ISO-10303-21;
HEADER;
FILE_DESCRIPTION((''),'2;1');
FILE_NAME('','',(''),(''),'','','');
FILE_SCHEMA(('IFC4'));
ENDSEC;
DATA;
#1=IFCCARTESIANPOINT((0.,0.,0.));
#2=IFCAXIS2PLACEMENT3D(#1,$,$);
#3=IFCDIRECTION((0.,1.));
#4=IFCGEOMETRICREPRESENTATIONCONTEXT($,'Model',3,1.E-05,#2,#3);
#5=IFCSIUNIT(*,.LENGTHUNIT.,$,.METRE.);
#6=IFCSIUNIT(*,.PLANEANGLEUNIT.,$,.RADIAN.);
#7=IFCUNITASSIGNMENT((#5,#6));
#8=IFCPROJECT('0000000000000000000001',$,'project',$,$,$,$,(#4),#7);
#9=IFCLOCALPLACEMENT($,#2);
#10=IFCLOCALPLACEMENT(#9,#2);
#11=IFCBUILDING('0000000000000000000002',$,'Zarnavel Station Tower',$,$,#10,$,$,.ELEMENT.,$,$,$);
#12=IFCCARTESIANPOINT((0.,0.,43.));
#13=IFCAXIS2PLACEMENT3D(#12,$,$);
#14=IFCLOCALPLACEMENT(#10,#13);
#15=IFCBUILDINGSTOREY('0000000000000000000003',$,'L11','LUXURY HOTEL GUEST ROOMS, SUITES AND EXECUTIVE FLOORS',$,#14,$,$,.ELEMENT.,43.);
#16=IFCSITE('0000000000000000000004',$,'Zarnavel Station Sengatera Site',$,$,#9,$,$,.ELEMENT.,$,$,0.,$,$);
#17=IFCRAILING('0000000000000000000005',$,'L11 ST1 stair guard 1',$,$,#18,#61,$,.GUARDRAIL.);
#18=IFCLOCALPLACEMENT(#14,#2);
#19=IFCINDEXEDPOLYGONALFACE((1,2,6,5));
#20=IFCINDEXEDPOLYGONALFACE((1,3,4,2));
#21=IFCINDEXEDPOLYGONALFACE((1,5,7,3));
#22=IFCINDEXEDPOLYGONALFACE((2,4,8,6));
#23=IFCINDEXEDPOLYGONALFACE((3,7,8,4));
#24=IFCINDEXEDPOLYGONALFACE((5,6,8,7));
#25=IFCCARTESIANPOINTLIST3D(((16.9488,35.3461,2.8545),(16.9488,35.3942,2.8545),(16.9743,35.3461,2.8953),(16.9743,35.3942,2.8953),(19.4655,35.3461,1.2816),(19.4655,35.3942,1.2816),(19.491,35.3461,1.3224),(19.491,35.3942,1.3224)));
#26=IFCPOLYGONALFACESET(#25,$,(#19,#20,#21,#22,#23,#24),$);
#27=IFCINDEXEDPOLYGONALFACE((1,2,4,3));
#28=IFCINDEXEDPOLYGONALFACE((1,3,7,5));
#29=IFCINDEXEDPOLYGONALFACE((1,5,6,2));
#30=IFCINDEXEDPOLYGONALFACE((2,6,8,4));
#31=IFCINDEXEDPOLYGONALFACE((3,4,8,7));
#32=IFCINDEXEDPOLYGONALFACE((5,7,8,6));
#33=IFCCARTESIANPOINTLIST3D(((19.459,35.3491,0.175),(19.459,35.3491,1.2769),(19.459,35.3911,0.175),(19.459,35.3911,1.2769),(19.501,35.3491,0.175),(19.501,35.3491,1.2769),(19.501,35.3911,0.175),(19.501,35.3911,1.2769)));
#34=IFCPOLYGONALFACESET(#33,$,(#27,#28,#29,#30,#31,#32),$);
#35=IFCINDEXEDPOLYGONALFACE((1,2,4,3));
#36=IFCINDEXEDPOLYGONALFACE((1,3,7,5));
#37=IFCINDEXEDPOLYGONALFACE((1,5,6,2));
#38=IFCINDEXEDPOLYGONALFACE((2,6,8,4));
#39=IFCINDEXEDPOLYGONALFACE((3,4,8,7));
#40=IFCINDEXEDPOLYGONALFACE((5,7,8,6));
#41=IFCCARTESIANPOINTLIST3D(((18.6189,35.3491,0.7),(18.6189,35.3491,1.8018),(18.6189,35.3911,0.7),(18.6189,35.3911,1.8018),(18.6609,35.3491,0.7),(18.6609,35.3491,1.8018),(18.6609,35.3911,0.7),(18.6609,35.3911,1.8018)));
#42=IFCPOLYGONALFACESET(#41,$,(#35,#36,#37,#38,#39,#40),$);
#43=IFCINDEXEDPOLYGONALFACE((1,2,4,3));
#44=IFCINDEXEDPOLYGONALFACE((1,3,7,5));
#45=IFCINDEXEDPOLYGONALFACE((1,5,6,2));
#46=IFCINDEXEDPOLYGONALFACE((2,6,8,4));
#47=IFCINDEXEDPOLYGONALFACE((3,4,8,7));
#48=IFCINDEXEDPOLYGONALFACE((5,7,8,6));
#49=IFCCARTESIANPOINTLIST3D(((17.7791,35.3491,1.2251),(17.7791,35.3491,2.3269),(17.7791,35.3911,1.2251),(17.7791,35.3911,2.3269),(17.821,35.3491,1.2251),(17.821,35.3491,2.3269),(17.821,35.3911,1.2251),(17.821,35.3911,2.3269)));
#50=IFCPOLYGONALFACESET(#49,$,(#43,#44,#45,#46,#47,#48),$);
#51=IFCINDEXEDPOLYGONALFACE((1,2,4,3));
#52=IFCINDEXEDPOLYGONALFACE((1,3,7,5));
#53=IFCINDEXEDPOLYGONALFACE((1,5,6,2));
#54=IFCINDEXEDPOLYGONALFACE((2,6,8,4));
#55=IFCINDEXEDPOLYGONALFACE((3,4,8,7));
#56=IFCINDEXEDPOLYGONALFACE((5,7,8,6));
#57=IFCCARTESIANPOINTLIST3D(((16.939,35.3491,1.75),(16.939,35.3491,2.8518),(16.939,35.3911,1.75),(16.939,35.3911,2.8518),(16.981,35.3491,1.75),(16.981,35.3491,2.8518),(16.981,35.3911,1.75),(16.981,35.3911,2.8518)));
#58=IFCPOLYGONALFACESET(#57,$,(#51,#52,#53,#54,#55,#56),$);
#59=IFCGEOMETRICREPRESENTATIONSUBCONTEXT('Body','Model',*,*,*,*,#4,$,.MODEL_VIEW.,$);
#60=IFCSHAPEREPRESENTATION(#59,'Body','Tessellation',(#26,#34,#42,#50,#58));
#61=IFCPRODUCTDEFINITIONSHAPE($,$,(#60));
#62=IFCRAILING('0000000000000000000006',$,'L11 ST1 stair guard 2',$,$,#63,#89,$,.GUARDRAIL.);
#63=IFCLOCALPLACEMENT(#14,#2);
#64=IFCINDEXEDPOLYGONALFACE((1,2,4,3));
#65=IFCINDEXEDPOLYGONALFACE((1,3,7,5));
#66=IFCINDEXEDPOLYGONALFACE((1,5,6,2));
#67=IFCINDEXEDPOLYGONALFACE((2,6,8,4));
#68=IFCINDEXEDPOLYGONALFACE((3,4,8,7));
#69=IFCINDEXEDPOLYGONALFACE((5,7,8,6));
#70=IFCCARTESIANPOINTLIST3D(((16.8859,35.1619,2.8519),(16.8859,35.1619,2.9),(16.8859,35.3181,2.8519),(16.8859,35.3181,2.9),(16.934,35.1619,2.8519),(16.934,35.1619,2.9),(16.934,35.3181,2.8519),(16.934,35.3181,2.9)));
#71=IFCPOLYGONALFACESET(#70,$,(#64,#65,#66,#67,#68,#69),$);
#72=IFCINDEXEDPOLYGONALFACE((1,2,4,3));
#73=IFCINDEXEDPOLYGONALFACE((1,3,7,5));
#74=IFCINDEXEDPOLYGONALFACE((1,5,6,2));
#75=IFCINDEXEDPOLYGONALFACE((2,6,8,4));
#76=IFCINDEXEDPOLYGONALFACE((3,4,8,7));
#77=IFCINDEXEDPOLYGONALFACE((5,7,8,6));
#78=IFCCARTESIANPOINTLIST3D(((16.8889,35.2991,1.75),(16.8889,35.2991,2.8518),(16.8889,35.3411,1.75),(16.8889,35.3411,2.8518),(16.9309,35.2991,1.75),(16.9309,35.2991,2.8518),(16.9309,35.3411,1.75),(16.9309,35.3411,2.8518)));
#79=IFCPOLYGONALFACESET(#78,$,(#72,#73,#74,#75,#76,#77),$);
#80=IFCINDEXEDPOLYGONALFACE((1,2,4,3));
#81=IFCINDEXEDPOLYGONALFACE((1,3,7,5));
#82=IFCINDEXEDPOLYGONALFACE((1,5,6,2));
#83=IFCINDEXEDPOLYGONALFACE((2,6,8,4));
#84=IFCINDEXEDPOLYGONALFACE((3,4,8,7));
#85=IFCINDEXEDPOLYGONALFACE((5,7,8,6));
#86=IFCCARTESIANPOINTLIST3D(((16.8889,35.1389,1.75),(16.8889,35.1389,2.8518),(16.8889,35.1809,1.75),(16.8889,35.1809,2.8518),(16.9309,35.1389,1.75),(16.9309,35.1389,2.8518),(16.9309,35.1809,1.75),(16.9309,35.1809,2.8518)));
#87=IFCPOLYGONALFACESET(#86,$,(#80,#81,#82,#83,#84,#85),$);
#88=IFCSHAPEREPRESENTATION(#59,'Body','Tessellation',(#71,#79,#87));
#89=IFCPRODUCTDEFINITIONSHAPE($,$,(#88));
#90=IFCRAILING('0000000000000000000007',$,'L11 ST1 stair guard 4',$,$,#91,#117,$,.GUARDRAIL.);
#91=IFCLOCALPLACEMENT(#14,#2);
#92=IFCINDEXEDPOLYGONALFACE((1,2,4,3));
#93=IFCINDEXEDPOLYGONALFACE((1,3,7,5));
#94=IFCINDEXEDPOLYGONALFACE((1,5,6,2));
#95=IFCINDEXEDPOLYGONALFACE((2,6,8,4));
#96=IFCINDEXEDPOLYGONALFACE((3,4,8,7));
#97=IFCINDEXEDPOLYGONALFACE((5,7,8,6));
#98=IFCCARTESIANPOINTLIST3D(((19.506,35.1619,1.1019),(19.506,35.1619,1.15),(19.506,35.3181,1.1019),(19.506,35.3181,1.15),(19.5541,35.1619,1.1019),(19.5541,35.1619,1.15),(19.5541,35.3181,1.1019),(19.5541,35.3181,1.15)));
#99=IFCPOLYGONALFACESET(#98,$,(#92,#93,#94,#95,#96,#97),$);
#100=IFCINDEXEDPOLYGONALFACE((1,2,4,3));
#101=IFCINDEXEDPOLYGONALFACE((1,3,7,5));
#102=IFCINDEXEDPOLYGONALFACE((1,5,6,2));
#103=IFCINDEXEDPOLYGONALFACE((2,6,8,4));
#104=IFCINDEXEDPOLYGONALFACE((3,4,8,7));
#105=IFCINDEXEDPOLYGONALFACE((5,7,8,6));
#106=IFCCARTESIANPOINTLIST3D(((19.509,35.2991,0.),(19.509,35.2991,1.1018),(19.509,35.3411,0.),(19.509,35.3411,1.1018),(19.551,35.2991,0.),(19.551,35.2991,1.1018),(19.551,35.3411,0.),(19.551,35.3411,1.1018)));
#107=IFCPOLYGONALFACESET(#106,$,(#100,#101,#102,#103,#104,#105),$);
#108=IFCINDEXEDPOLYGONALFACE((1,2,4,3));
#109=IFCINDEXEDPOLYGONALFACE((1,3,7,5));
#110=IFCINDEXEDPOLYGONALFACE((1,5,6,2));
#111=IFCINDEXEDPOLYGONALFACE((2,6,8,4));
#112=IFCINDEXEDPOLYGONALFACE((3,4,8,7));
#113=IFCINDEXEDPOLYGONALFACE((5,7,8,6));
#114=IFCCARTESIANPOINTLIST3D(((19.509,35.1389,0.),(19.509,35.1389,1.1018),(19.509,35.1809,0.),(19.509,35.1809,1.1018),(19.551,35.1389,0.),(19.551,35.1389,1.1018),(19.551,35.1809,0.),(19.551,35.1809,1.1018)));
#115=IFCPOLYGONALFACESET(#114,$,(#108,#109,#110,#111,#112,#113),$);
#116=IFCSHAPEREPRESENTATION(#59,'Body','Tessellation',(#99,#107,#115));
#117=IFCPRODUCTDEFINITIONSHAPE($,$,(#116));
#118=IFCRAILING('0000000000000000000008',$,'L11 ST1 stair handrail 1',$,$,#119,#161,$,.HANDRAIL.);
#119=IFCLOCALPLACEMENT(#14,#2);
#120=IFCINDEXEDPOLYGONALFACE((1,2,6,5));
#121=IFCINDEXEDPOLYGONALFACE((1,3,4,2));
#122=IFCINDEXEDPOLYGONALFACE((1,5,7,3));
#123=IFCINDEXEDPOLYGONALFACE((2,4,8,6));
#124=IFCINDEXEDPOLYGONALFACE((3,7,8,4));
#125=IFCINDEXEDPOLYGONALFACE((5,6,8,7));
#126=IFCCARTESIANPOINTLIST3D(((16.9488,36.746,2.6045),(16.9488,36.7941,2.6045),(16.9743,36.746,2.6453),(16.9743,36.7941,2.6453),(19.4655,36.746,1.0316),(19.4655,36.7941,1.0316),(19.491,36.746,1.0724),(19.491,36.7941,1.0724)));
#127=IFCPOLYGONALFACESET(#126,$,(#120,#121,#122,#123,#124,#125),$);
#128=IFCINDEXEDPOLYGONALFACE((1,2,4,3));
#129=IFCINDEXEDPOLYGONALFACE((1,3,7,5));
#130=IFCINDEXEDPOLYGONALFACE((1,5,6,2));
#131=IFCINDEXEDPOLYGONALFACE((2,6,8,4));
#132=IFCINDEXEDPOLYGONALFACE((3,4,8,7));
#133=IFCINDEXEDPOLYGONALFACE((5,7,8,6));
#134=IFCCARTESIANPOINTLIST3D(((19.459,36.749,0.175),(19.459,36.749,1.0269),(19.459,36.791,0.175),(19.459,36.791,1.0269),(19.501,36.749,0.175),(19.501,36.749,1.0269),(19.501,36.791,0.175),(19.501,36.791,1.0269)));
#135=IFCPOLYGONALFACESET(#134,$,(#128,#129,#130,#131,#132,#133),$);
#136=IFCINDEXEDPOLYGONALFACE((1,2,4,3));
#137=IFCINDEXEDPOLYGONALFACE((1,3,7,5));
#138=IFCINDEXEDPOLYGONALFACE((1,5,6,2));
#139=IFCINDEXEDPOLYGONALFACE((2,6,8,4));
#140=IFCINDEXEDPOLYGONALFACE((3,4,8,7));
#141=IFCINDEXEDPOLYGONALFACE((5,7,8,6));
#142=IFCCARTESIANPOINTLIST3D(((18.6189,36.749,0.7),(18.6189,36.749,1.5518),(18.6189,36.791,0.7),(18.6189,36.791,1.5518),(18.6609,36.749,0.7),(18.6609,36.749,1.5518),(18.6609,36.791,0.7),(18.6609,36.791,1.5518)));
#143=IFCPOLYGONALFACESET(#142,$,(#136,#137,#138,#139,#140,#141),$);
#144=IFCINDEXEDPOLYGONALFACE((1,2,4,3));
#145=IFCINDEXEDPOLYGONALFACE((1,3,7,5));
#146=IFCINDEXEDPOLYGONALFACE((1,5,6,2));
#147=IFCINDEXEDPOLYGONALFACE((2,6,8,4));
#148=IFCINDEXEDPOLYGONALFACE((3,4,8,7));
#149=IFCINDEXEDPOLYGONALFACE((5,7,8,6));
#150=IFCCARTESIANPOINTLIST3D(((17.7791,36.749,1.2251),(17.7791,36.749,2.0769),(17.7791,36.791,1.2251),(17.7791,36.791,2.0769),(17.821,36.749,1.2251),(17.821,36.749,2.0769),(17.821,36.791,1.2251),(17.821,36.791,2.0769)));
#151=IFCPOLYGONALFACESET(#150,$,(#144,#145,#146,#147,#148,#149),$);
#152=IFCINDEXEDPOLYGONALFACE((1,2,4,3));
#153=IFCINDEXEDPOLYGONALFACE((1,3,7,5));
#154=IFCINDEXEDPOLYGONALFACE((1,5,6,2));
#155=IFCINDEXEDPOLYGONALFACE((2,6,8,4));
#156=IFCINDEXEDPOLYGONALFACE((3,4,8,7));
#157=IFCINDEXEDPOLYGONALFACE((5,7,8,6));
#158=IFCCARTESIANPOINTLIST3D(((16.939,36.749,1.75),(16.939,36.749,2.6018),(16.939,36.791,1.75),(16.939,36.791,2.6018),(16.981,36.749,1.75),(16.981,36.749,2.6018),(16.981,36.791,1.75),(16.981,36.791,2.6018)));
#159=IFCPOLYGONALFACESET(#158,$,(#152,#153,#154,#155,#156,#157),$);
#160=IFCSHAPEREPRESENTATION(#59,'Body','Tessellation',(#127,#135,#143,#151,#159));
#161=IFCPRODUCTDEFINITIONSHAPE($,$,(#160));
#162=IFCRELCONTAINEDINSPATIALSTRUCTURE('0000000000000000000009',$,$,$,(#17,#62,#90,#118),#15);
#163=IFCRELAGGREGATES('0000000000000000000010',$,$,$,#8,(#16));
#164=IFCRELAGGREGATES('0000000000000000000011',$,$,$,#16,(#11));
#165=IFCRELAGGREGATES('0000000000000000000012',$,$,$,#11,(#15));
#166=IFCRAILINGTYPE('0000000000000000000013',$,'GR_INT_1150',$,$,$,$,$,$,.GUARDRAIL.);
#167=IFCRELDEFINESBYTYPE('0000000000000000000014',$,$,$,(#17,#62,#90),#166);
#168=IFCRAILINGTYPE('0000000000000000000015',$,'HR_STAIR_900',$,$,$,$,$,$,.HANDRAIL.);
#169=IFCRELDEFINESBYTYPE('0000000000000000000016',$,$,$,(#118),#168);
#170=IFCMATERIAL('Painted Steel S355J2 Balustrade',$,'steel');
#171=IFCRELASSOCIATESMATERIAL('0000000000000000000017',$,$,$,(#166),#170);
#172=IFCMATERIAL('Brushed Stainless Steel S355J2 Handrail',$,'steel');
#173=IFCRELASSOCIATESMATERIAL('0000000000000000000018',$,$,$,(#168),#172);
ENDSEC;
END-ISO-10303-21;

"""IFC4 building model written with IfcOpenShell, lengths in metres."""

from ifc_helpers import new_model, si_unit, direction, frame, origin, origin_2d, place, context, subcontext, project, spatial, rectangle, extrude, material, type_object, element, save


model = new_model("IFC4")

# Units and contexts
model_context = context("Model", 3, precision=1e-05, world=origin(), true_north=direction((0.0, 1.0)))
body_context = subcontext(model_context, "Body", "Model", "MODEL_VIEW")
ifc_project = project(units=[si_unit("LENGTHUNIT", "METRE"), si_unit("PLANEANGLEUNIT", "RADIAN")], contexts=[model_context])

# Site, building, storey
site_placement = place(None, origin())
site = spatial("IfcSite", under=ifc_project, at=site_placement, Name="Zarnavel Station Sengatera Site", CompositionType="ELEMENT", RefElevation=0.0)
building_placement = place(site_placement, origin())
building = spatial("IfcBuilding", under=site, at=building_placement, Name="Zarnavel Station Tower", CompositionType="ELEMENT")
storey_placement = place(building_placement, frame((0.0, 0.0, 43.0)))
storey = spatial("IfcBuildingStorey", under=building, at=storey_placement, Name="L11", Description="LUXURY HOTEL GUEST ROOMS, SUITES AND EXECUTIVE FLOORS", CompositionType="ELEMENT", Elevation=43.0)

# Railings
ifc_material_1 = material(Name="Painted Steel S355J2 Balustrade", Category="steel")
railing_type_1 = type_object("IfcRailingType", Name="GR_INT_1150", PredefinedType="GUARDRAIL", material=ifc_material_1)
railing_1_placement = place(storey_placement, frame((19.48, 35.3701, 0.175)))
element("IfcRailing", 1, at=railing_1_placement, inside=storey, type_object=railing_type_1, Name="L11 ST1 stair guard 1", PredefinedType="GUARDRAIL", context=body_context, shape_type="SweptSolid", body=[
    extrude(rectangle(XDim=0.0481, YDim=0.0481, at=origin_2d()), frame((-0.0017, 0.0, 1.127), z_axis=(-0.848008, 0.0, 0.529984), x_axis=(0.0, -1.0, 0.0)), (0.0, 0.0, 1.0), 2.9678),
    extrude(rectangle(XDim=0.042, YDim=0.042, at=origin_2d()), origin(), (0.0, 0.0, 1.0), 1.1018),
    extrude(rectangle(XDim=0.042, YDim=0.042, at=origin_2d()), frame((-0.8401, 0.0, 0.5249)), (0.0, 0.0, 1.0), 1.1018),
    extrude(rectangle(XDim=0.042, YDim=0.042, at=origin_2d()), frame((-1.6799, 0.0, 1.05)), (0.0, 0.0, 1.0), 1.1018),
    extrude(rectangle(XDim=0.042, YDim=0.042, at=origin_2d()), frame((-2.52, 0.0, 1.575)), (0.0, 0.0, 1.0), 1.1018),
])
for number, where, name in (
    (2, (16.9099, 35.3201, 1.75), "L11 ST1 stair guard 2"),
    (3, (19.53, 35.3201, 0.0), "L11 ST1 stair guard 4"),
):
    element("IfcRailing", number, at=place(storey_placement, frame(where)), inside=storey, type_object=railing_type_1, Name=name, PredefinedType="GUARDRAIL", context=body_context, shape_type="SweptSolid", body=[
        extrude(rectangle(XDim=0.0481, YDim=0.0481, at=origin_2d()), frame((0.0, -0.002, 1.126), z_axis=(0.0, -1.0, 0.0), x_axis=(1.0, 0.0, 0.0)), (0.0, 0.0, 1.0), 0.1562),
        extrude(rectangle(XDim=0.042, YDim=0.042, at=origin_2d()), origin(), (0.0, 0.0, 1.0), 1.1018),
        extrude(rectangle(XDim=0.042, YDim=0.042, at=origin_2d()), frame((0.0, -0.1602, 0.0)), (0.0, 0.0, 1.0), 1.1018),
    ])
ifc_material_2 = material(Name="Brushed Stainless Steel S355J2 Handrail", Category="steel")
railing_type_2 = type_object("IfcRailingType", Name="HR_STAIR_900", PredefinedType="HANDRAIL", material=ifc_material_2)
railing_2_placement = place(storey_placement, frame((19.48, 36.77, 0.175)))
element("IfcRailing", 4, at=railing_2_placement, inside=storey, type_object=railing_type_2, Name="L11 ST1 stair handrail 1", PredefinedType="HANDRAIL", context=body_context, shape_type="SweptSolid", body=[
    extrude(rectangle(XDim=0.0481, YDim=0.0481, at=origin_2d()), frame((-0.0017, 0.0, 0.877), z_axis=(-0.848008, 0.0, 0.529984), x_axis=(0.0, -1.0, 0.0)), (0.0, 0.0, 1.0), 2.9678),
    extrude(rectangle(XDim=0.042, YDim=0.042, at=origin_2d()), origin(), (0.0, 0.0, 1.0), 0.8518),
    extrude(rectangle(XDim=0.042, YDim=0.042, at=origin_2d()), frame((-0.8401, 0.0, 0.5249)), (0.0, 0.0, 1.0), 0.8518),
    extrude(rectangle(XDim=0.042, YDim=0.042, at=origin_2d()), frame((-1.6799, 0.0, 1.05)), (0.0, 0.0, 1.0), 0.8518),
    extrude(rectangle(XDim=0.042, YDim=0.042, at=origin_2d()), frame((-2.52, 0.0, 1.575)), (0.0, 0.0, 1.0), 0.8518),
])

save(model, "model.ifc")
